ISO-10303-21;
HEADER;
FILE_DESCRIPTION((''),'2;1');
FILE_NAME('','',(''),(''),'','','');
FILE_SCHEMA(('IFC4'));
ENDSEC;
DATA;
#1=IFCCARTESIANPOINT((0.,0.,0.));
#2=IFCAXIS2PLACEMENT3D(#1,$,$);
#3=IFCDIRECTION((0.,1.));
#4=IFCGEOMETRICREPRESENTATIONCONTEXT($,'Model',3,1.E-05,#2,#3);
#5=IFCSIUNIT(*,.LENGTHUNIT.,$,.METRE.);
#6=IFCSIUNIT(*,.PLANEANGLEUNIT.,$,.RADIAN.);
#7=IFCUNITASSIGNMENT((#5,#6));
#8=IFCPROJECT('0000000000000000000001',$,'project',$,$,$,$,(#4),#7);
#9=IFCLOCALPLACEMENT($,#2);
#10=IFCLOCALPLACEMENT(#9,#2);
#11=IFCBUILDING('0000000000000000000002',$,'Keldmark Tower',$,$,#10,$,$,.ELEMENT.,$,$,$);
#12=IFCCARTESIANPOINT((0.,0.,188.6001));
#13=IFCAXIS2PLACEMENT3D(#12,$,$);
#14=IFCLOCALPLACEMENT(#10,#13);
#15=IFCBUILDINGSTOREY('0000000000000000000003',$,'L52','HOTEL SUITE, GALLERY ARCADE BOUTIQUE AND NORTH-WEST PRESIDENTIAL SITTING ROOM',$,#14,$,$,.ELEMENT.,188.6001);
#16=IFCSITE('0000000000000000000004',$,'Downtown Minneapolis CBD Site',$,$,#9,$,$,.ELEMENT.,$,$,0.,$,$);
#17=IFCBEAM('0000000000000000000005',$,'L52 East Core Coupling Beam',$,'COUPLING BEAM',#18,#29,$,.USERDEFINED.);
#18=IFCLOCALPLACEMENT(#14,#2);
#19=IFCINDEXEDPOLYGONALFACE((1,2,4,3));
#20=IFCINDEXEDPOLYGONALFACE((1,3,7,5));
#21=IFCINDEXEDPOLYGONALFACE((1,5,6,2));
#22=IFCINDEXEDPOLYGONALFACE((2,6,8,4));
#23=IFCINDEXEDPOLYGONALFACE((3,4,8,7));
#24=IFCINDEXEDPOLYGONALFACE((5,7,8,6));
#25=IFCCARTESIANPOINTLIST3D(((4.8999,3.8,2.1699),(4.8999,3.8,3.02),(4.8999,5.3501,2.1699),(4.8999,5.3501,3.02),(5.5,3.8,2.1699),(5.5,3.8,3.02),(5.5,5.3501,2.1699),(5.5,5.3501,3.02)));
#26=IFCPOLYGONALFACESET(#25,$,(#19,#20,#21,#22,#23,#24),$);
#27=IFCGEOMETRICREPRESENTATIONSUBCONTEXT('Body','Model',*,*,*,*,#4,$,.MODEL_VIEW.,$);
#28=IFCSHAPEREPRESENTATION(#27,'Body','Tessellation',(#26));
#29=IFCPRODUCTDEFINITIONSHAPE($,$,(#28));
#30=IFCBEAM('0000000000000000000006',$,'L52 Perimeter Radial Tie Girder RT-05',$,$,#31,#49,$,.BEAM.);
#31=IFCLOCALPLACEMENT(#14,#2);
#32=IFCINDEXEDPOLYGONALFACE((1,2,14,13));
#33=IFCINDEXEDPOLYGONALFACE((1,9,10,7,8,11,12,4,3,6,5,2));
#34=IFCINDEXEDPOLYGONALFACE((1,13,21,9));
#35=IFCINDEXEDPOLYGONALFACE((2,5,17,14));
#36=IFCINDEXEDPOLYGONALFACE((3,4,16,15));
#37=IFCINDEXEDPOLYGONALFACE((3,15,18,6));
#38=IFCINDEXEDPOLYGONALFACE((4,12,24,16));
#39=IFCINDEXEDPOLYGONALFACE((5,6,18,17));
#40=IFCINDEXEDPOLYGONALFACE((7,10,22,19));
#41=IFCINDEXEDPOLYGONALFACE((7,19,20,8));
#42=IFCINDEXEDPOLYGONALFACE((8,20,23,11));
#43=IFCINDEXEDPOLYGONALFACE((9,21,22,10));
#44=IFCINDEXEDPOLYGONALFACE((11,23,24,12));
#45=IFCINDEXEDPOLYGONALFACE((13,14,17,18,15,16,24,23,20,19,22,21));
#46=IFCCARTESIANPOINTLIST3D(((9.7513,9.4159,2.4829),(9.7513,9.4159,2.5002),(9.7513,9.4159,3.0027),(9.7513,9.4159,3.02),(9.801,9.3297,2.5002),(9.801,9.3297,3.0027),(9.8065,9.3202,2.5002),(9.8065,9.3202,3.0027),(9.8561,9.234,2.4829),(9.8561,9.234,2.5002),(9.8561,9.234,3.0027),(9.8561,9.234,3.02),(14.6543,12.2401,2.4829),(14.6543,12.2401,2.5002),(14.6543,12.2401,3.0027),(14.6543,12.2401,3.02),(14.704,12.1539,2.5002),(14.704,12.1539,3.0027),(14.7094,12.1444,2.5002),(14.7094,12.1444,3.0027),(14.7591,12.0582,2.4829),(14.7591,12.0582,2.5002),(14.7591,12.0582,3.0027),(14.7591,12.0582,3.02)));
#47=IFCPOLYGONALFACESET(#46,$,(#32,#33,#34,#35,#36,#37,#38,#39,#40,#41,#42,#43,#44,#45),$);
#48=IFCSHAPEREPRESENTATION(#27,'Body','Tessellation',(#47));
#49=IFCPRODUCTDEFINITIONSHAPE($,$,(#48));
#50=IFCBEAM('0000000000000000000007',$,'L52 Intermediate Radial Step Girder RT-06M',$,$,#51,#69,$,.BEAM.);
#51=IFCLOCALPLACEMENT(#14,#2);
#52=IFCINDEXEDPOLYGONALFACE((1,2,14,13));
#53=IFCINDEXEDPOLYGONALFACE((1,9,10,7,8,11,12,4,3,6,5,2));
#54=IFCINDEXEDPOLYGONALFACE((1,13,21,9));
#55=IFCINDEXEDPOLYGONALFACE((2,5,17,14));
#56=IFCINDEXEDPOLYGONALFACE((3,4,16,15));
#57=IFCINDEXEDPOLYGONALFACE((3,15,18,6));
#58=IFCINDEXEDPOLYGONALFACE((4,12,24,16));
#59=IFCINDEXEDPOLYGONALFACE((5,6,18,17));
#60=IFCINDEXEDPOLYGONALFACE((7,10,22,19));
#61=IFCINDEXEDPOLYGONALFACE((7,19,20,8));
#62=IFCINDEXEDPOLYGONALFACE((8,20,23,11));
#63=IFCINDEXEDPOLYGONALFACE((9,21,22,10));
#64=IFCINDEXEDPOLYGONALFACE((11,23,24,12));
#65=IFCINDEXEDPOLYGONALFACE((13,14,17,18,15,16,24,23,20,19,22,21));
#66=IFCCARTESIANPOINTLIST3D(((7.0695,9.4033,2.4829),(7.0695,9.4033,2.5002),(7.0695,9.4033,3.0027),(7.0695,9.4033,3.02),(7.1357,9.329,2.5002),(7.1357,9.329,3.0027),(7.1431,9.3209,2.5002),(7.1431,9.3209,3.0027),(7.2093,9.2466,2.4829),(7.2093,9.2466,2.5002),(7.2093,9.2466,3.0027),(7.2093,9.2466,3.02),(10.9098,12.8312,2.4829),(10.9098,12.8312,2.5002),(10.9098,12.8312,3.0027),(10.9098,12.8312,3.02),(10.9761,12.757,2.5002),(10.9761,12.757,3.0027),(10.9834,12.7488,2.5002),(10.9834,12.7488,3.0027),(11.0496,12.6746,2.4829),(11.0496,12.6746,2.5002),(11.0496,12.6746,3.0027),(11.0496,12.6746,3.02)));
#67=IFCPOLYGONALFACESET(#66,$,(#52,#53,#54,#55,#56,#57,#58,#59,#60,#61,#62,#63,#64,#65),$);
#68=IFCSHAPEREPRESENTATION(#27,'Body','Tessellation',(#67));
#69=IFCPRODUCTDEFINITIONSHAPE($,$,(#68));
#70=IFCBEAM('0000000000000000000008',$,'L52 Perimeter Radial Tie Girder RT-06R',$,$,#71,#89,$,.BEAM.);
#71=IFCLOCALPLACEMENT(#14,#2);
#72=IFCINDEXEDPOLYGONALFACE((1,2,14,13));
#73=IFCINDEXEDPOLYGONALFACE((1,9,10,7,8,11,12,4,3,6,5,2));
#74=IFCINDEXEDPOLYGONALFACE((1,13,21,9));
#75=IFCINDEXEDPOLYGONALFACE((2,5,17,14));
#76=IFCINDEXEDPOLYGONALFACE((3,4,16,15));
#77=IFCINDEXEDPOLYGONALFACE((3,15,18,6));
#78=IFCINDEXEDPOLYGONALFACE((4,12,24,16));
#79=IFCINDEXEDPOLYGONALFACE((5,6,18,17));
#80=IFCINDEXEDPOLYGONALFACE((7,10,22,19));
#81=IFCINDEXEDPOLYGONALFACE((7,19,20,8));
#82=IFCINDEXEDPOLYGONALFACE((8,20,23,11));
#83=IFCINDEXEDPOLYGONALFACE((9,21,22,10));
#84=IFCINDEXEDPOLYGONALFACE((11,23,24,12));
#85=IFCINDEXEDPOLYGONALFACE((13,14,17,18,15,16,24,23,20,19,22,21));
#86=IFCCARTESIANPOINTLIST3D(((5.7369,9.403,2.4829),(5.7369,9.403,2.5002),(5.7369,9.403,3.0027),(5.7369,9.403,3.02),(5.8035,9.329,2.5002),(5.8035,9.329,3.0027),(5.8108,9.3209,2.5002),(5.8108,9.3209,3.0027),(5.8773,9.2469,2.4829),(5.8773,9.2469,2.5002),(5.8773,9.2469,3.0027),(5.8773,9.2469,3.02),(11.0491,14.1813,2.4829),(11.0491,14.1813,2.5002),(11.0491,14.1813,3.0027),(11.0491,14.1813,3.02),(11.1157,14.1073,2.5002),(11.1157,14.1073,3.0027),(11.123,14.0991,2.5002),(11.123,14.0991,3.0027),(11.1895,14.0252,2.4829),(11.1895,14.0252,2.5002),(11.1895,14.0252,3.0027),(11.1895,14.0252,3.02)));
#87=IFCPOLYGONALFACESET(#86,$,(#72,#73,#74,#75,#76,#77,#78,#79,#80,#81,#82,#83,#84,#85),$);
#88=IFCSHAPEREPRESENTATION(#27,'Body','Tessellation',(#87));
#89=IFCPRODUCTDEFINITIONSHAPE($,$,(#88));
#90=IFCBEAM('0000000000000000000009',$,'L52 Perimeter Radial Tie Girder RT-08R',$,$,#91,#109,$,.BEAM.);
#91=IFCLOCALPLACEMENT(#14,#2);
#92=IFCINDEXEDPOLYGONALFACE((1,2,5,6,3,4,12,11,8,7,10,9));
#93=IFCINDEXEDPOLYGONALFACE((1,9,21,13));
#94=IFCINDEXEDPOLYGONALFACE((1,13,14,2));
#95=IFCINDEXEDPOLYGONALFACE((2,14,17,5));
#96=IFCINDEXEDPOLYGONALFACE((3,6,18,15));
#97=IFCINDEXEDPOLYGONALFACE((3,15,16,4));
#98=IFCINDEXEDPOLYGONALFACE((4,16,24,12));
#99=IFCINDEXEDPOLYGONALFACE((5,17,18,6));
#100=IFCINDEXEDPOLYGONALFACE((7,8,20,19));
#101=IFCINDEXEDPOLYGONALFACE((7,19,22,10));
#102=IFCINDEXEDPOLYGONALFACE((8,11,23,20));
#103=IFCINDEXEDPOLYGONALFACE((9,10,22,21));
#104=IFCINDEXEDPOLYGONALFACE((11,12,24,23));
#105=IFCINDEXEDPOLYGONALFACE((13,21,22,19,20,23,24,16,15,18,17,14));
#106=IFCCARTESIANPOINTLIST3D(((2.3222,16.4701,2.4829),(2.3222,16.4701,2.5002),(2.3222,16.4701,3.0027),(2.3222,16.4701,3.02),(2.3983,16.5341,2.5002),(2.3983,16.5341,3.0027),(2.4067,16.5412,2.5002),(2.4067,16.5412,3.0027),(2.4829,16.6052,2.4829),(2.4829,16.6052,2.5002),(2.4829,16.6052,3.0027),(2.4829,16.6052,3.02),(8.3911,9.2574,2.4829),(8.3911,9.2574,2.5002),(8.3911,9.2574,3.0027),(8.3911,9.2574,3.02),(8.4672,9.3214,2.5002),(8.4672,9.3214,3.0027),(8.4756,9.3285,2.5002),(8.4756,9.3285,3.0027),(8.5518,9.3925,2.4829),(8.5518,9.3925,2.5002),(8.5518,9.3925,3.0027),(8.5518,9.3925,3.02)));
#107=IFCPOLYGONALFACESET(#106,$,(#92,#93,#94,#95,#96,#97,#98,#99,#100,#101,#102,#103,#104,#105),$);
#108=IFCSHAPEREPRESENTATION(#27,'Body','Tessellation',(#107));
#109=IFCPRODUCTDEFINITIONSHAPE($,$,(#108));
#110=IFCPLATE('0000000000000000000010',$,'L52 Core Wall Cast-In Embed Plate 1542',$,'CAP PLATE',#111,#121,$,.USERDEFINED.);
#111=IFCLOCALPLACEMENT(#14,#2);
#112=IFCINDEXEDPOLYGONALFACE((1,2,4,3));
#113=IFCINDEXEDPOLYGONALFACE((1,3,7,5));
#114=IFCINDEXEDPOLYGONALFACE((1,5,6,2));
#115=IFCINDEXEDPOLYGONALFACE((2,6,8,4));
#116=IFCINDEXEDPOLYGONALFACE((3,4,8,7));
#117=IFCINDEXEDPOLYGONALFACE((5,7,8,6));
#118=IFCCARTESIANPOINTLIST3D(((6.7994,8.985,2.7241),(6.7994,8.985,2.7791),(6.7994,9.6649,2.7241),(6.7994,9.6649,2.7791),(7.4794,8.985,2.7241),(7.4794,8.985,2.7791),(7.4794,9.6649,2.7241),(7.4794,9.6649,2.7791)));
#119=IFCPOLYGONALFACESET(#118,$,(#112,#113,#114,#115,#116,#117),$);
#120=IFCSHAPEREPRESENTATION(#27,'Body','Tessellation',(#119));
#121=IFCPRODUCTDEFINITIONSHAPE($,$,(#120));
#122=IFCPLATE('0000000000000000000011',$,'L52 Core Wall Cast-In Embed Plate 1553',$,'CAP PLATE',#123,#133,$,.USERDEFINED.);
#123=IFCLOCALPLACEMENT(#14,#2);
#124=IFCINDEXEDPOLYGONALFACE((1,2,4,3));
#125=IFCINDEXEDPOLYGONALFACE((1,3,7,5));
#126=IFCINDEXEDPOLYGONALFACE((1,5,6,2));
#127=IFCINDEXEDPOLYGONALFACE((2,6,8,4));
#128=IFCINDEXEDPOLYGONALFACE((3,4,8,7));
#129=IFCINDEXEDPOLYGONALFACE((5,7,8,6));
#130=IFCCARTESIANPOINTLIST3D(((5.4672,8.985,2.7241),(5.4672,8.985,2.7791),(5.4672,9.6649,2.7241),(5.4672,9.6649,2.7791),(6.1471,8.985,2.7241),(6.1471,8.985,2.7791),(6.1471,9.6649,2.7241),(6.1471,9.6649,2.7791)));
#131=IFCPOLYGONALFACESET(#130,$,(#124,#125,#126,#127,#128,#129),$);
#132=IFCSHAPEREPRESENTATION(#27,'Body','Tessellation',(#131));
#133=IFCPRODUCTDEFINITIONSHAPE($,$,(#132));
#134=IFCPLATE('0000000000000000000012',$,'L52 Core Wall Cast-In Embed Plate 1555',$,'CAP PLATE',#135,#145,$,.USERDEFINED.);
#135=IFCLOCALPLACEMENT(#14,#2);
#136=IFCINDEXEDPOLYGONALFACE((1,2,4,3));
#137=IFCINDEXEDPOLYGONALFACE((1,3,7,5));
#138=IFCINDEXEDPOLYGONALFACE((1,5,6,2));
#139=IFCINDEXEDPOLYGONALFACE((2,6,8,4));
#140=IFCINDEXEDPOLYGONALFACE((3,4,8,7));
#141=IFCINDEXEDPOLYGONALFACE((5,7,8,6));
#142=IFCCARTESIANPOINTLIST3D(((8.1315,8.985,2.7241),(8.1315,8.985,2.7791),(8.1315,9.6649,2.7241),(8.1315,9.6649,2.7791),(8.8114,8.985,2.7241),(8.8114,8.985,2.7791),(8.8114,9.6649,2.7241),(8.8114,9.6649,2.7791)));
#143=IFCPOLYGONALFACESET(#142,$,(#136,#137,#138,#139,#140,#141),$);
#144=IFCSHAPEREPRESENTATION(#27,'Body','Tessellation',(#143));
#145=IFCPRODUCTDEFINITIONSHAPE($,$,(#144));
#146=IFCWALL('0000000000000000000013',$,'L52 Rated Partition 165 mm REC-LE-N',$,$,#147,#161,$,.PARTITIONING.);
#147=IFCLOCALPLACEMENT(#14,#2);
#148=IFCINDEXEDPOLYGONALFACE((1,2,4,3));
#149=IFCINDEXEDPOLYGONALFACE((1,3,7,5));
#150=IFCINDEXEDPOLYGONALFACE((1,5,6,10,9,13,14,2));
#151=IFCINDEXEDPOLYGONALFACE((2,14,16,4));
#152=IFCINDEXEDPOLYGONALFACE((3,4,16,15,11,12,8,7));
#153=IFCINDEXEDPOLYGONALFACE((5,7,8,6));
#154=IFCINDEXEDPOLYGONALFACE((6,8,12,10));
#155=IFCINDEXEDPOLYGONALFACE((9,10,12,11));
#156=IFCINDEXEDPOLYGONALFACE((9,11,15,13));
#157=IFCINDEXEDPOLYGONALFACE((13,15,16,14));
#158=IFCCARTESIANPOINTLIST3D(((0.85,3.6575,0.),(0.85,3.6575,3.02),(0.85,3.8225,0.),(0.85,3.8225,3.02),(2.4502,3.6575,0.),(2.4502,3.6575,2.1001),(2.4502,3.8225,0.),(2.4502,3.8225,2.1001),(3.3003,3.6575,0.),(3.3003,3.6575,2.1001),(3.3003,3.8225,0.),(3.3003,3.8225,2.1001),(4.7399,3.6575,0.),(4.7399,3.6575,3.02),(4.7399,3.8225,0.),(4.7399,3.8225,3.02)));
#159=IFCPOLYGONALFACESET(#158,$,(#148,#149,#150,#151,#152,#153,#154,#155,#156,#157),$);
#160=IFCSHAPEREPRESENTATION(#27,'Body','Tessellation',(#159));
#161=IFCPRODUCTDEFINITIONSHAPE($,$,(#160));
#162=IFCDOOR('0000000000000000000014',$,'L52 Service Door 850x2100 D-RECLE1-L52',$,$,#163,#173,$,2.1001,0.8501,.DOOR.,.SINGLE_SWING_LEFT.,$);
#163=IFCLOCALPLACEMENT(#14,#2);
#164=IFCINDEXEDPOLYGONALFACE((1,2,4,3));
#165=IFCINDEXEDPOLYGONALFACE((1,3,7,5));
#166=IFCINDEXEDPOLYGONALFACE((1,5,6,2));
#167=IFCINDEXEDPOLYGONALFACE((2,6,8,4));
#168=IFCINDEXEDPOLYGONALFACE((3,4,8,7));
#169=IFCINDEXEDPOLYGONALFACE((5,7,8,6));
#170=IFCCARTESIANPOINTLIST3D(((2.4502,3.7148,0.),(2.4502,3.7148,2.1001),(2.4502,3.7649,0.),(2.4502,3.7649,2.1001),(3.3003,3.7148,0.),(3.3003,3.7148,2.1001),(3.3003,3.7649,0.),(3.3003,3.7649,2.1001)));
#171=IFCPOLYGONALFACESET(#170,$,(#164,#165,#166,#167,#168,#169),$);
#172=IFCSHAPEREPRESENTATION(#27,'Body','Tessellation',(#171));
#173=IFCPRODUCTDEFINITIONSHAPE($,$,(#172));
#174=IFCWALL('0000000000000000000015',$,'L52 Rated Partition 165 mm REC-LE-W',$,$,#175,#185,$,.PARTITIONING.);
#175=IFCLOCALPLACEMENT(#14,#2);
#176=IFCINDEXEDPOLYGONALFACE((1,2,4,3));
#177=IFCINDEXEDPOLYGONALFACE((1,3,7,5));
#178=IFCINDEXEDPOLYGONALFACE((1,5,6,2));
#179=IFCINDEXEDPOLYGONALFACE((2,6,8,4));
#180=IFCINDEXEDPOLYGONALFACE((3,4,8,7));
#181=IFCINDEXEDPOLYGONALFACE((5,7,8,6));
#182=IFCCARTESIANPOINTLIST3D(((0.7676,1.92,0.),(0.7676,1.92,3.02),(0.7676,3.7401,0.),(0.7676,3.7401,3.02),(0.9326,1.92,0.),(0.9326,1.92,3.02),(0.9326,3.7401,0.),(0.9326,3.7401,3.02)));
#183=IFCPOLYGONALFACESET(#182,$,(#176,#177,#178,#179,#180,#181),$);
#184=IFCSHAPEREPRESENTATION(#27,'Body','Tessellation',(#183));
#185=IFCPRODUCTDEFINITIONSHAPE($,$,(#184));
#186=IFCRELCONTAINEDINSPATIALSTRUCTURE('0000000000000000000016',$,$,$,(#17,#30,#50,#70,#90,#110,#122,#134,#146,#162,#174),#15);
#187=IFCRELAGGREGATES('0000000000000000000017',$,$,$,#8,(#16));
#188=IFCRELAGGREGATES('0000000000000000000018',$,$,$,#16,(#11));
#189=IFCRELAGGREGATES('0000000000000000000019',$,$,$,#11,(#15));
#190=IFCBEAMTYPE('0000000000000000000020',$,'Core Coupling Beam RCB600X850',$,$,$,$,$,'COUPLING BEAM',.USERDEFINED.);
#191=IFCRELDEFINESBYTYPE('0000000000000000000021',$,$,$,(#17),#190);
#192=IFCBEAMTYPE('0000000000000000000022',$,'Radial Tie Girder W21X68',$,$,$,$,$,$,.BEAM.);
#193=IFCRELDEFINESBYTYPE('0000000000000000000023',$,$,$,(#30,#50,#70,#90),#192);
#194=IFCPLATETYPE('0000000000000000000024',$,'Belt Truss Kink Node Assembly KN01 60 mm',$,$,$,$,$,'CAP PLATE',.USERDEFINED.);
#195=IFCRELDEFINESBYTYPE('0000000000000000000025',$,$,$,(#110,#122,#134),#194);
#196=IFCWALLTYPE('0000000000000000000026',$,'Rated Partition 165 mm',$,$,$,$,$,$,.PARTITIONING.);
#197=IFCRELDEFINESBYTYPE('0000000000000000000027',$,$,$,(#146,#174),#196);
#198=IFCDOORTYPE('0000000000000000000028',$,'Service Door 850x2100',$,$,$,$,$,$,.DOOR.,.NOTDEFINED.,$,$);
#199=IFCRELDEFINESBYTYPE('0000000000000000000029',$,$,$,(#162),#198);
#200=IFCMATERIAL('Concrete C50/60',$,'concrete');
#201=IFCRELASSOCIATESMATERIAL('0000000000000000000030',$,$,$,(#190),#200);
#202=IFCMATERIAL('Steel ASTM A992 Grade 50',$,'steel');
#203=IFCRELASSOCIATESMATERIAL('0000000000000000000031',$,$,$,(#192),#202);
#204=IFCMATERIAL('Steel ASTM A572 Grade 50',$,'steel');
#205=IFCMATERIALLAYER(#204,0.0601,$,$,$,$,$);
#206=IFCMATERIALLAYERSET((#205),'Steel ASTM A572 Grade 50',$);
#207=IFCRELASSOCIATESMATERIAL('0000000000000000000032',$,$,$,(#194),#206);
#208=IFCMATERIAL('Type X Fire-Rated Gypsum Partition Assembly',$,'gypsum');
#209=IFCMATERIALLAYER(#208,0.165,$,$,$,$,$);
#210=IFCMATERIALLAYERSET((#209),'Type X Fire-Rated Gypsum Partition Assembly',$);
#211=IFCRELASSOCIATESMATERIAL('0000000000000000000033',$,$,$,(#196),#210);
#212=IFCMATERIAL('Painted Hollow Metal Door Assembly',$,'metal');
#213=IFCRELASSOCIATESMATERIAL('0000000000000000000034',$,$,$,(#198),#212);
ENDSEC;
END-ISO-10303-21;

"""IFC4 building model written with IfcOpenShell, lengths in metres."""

from ifc_helpers import new_model, si_unit, direction, frame, frame_2d, origin, origin_2d, place, context, subcontext, project, spatial, rectangle, i_section, extrude, material, layer, layer_set, material_profile, profile_set, type_object, element, fill, save


model = new_model("IFC4")

# Units and contexts
model_context = context("Model", 3, precision=1e-05, world=origin(), true_north=direction((0.0, 1.0)))
body_context = subcontext(model_context, "Body", "Model", "MODEL_VIEW")
ifc_project = project(units=[si_unit("LENGTHUNIT", "METRE"), si_unit("PLANEANGLEUNIT", "RADIAN")], contexts=[model_context])

# Site, building, storey
site_placement = place(None, origin())
site = spatial("IfcSite", under=ifc_project, at=site_placement, Name="Downtown Minneapolis CBD Site", CompositionType="ELEMENT", RefElevation=0.0)
building_placement = place(site_placement, origin())
building = spatial("IfcBuilding", under=site, at=building_placement, Name="Keldmark Tower", CompositionType="ELEMENT")
storey_placement = place(building_placement, frame((0.0, 0.0, 188.6001)))
storey = spatial("IfcBuildingStorey", under=building, at=storey_placement, Name="L52", Description="HOTEL SUITE, GALLERY ARCADE BOUTIQUE AND NORTH-WEST PRESIDENTIAL SITTING ROOM", CompositionType="ELEMENT", Elevation=188.6001)

# Beams
ifc_material_1 = material(Name="Concrete C50/60", Category="concrete")
ifc_material_profile_1 = material_profile(ifc_material_1, rectangle(XDim=0.6001, YDim=0.8501, at=origin_2d()), Name="RCB600X850")
ifc_profile_set_1 = profile_set([ifc_material_profile_1], Name="Concrete C50/60")
beam_type_1 = type_object("IfcBeamType", Name="Core Coupling Beam RCB600X850", ElementType="COUPLING BEAM", PredefinedType="USERDEFINED", material=ifc_profile_set_1)
beam_1_placement = place(storey_placement, frame((5.2, 3.8, 2.595), z_axis=(0.0, 1.0, 0.0), x_axis=(-1.0, 0.0, 0.0)))
element("IfcBeam", 1, at=beam_1_placement, inside=storey, type_object=beam_type_1, Name="L52 East Core Coupling Beam", ObjectType="COUPLING BEAM", PredefinedType="USERDEFINED", context=body_context, shape_type="SweptSolid", body=[
    extrude(rectangle(XDim=0.6001, YDim=0.8501, at=origin_2d()), origin(), (0.0, 0.0, 1.0), 1.55),
])
ifc_material_2 = material(Name="Steel ASTM A992 Grade 50", Category="steel")
ifc_material_profile_2 = material_profile(ifc_material_2, i_section(OverallWidth=0.21, OverallDepth=0.5371, WebThickness=0.011, FlangeThickness=0.0173, at=origin_2d()), Name="W21X68")
ifc_profile_set_2 = profile_set([ifc_material_profile_2], Name="Steel ASTM A992 Grade 50")
beam_type_2 = type_object("IfcBeamType", Name="Radial Tie Girder W21X68", PredefinedType="BEAM", material=ifc_profile_set_2)
beam_2_placement = place(storey_placement, frame((9.8037, 9.325, 2.7515), z_axis=(0.866528, 0.499128, 0.0), x_axis=(-0.499128, 0.866528, 0.0)))
element("IfcBeam", 2, at=beam_2_placement, inside=storey, type_object=beam_type_2, Name="L52 Perimeter Radial Tie Girder RT-05", PredefinedType="BEAM", context=body_context, shape_type="SweptSolid", body=[
    extrude(i_section(OverallWidth=0.21, OverallDepth=0.5371, WebThickness=0.011, FlangeThickness=0.0173, at=origin_2d()), origin(), (0.0, 0.0, 1.0), 5.6582),
])
beam_3_placement = place(storey_placement, frame((7.1394, 9.325, 2.7515), z_axis=(0.746023, 0.66592, 0.0), x_axis=(-0.66592, 0.746023, 0.0)))
element("IfcBeam", 3, at=beam_3_placement, inside=storey, type_object=beam_type_2, Name="L52 Intermediate Radial Step Girder RT-06M", PredefinedType="BEAM", context=body_context, shape_type="SweptSolid", body=[
    extrude(i_section(OverallWidth=0.21, OverallDepth=0.5371, WebThickness=0.011, FlangeThickness=0.0173, at=origin_2d()), origin(), (0.0, 0.0, 1.0), 5.1477),
])
beam_4_placement = place(storey_placement, frame((5.8071, 9.325, 2.7515), z_axis=(0.743483, 0.668755, 0.0), x_axis=(-0.668755, 0.743483, 0.0)))
element("IfcBeam", 4, at=beam_4_placement, inside=storey, type_object=beam_type_2, Name="L52 Perimeter Radial Tie Girder RT-06R", PredefinedType="BEAM", context=body_context, shape_type="SweptSolid", body=[
    extrude(i_section(OverallWidth=0.21, OverallDepth=0.5371, WebThickness=0.011, FlangeThickness=0.0173, at=origin_2d()), origin(), (0.0, 0.0, 1.0), 7.145),
])
beam_5_placement = place(storey_placement, frame((8.4714, 9.325, 2.7515), z_axis=(-0.643828, 0.76517, 0.0), x_axis=(-0.76517, -0.643828, 0.0)))
element("IfcBeam", 5, at=beam_5_placement, inside=storey, type_object=beam_type_2, Name="L52 Perimeter Radial Tie Girder RT-08R", PredefinedType="BEAM", context=body_context, shape_type="SweptSolid", body=[
    extrude(i_section(OverallWidth=0.21, OverallDepth=0.5371, WebThickness=0.011, FlangeThickness=0.0173, at=origin_2d()), origin(), (0.0, 0.0, 1.0), 9.4263),
])

# Plates
ifc_material_3 = material(Name="Steel ASTM A572 Grade 50", Category="steel")
ifc_layer_1 = layer(ifc_material_3, 0.0601)
ifc_layer_set_1 = layer_set([ifc_layer_1], Name="Steel ASTM A572 Grade 50")
plate_type = type_object("IfcPlateType", Name="Belt Truss Kink Node Assembly KN01 60 mm", ElementType="CAP PLATE", PredefinedType="USERDEFINED", material=ifc_layer_set_1)
for number, where, z_axis, x_axis, name in (
    (6, (7.1394, 9.325, 2.7241), (0.0, 0.0, 1.0), (1.0, 0.0, 0.0), "L52 Core Wall Cast-In Embed Plate 1542"),
    (7, (5.8071, 9.325, 2.7241), (0.0, 0.0, 1.0), (1.0, 0.0, 0.0), "L52 Core Wall Cast-In Embed Plate 1553"),
    (8, (8.4714, 9.325, 2.7241), (0.0, 0.0, 1.0), (1.0, 0.0, 0.0), "L52 Core Wall Cast-In Embed Plate 1555"),
):
    element("IfcPlate", number, at=place(storey_placement, frame(where, z_axis=z_axis, x_axis=x_axis)), inside=storey, type_object=plate_type, Name=name, ObjectType="CAP PLATE", PredefinedType="USERDEFINED", context=body_context, shape_type="SweptSolid", body=[
        extrude(rectangle(XDim=0.6799, YDim=0.6799, at=origin_2d()), origin(), (0.0, 0.0, 1.0), 0.0549),
    ])

# Wall, opening, door
ifc_material_4 = material(Name="Type X Fire-Rated Gypsum Partition Assembly", Category="gypsum")
ifc_layer_2 = layer(ifc_material_4, 0.165)
ifc_layer_set_2 = layer_set([ifc_layer_2], Name="Type X Fire-Rated Gypsum Partition Assembly")
wall_type_1 = type_object("IfcWallType", Name="Rated Partition 165 mm", PredefinedType="PARTITIONING", material=ifc_layer_set_2)
wall_1_placement = place(storey_placement, frame((0.8501, 3.74, 0.0), z_axis=(0.0, 0.0, 1.0), x_axis=(1.0, 0.0, 0.0)))
wall_1 = element("IfcWall", 9, at=wall_1_placement, inside=storey, type_object=wall_type_1, Name="L52 Rated Partition 165 mm REC-LE-N", PredefinedType="PARTITIONING", context=body_context, shape_type="SweptSolid", body=[
    extrude(rectangle(XDim=3.8899, YDim=0.165, at=frame_2d((1.9448, 0.0))), origin(), (0.0, 0.0, 1.0), 3.02),
])
opening_1_placement = place(wall_1_placement, frame((1.6001, 0.0, 0.0)))
opening_1 = element("IfcOpeningElement", 10, at=opening_1_placement, cuts=wall_1, PredefinedType="OPENING", context=body_context, shape_type="SweptSolid", body=[
    extrude(rectangle(XDim=0.8501, YDim=2.1001, at=frame_2d((0.425, 1.05))), frame((0.0, 0.0925, 0.0), z_axis=(0.0, -1.0, 0.0), x_axis=(1.0, 0.0, 0.0)), (0.0, 0.0, 1.0), 0.1851),
])
ifc_material_5 = material(Name="Painted Hollow Metal Door Assembly", Category="metal")
door_type_1 = type_object("IfcDoorType", Name="Service Door 850x2100", OperationType="NOTDEFINED", PredefinedType="DOOR", material=ifc_material_5)
door_1_placement = place(opening_1_placement, origin())
door_1 = element("IfcDoor", 11, at=door_1_placement, inside=storey, type_object=door_type_1, Name="L52 Service Door 850x2100 D-RECLE1-L52", OperationType="SINGLE_SWING_LEFT", OverallHeight=2.1001, OverallWidth=0.8501, PredefinedType="DOOR", context=body_context, shape_type="SweptSolid", body=[
    extrude(rectangle(XDim=0.8501, YDim=2.1001, at=frame_2d((0.425, 1.05))), frame((0.0, 0.0249, 0.0), z_axis=(0.0, -1.0, 0.0), x_axis=(1.0, 0.0, 0.0)), (0.0, 0.0, 1.0), 0.05),
])
fill(opening_1, door_1)

# Wall
wall_2_placement = place(storey_placement, frame((0.8501, 1.9199, 0.0), z_axis=(0.0, 0.0, 1.0), x_axis=(0.0, 1.0, 0.0)))
element("IfcWall", 12, at=wall_2_placement, inside=storey, type_object=wall_type_1, Name="L52 Rated Partition 165 mm REC-LE-W", PredefinedType="PARTITIONING", context=body_context, shape_type="SweptSolid", body=[
    extrude(rectangle(XDim=1.8201, YDim=0.165, at=frame_2d((0.9102, 0.0))), origin(), (0.0, 0.0, 1.0), 3.02),
])

save(model, "model.ifc")
